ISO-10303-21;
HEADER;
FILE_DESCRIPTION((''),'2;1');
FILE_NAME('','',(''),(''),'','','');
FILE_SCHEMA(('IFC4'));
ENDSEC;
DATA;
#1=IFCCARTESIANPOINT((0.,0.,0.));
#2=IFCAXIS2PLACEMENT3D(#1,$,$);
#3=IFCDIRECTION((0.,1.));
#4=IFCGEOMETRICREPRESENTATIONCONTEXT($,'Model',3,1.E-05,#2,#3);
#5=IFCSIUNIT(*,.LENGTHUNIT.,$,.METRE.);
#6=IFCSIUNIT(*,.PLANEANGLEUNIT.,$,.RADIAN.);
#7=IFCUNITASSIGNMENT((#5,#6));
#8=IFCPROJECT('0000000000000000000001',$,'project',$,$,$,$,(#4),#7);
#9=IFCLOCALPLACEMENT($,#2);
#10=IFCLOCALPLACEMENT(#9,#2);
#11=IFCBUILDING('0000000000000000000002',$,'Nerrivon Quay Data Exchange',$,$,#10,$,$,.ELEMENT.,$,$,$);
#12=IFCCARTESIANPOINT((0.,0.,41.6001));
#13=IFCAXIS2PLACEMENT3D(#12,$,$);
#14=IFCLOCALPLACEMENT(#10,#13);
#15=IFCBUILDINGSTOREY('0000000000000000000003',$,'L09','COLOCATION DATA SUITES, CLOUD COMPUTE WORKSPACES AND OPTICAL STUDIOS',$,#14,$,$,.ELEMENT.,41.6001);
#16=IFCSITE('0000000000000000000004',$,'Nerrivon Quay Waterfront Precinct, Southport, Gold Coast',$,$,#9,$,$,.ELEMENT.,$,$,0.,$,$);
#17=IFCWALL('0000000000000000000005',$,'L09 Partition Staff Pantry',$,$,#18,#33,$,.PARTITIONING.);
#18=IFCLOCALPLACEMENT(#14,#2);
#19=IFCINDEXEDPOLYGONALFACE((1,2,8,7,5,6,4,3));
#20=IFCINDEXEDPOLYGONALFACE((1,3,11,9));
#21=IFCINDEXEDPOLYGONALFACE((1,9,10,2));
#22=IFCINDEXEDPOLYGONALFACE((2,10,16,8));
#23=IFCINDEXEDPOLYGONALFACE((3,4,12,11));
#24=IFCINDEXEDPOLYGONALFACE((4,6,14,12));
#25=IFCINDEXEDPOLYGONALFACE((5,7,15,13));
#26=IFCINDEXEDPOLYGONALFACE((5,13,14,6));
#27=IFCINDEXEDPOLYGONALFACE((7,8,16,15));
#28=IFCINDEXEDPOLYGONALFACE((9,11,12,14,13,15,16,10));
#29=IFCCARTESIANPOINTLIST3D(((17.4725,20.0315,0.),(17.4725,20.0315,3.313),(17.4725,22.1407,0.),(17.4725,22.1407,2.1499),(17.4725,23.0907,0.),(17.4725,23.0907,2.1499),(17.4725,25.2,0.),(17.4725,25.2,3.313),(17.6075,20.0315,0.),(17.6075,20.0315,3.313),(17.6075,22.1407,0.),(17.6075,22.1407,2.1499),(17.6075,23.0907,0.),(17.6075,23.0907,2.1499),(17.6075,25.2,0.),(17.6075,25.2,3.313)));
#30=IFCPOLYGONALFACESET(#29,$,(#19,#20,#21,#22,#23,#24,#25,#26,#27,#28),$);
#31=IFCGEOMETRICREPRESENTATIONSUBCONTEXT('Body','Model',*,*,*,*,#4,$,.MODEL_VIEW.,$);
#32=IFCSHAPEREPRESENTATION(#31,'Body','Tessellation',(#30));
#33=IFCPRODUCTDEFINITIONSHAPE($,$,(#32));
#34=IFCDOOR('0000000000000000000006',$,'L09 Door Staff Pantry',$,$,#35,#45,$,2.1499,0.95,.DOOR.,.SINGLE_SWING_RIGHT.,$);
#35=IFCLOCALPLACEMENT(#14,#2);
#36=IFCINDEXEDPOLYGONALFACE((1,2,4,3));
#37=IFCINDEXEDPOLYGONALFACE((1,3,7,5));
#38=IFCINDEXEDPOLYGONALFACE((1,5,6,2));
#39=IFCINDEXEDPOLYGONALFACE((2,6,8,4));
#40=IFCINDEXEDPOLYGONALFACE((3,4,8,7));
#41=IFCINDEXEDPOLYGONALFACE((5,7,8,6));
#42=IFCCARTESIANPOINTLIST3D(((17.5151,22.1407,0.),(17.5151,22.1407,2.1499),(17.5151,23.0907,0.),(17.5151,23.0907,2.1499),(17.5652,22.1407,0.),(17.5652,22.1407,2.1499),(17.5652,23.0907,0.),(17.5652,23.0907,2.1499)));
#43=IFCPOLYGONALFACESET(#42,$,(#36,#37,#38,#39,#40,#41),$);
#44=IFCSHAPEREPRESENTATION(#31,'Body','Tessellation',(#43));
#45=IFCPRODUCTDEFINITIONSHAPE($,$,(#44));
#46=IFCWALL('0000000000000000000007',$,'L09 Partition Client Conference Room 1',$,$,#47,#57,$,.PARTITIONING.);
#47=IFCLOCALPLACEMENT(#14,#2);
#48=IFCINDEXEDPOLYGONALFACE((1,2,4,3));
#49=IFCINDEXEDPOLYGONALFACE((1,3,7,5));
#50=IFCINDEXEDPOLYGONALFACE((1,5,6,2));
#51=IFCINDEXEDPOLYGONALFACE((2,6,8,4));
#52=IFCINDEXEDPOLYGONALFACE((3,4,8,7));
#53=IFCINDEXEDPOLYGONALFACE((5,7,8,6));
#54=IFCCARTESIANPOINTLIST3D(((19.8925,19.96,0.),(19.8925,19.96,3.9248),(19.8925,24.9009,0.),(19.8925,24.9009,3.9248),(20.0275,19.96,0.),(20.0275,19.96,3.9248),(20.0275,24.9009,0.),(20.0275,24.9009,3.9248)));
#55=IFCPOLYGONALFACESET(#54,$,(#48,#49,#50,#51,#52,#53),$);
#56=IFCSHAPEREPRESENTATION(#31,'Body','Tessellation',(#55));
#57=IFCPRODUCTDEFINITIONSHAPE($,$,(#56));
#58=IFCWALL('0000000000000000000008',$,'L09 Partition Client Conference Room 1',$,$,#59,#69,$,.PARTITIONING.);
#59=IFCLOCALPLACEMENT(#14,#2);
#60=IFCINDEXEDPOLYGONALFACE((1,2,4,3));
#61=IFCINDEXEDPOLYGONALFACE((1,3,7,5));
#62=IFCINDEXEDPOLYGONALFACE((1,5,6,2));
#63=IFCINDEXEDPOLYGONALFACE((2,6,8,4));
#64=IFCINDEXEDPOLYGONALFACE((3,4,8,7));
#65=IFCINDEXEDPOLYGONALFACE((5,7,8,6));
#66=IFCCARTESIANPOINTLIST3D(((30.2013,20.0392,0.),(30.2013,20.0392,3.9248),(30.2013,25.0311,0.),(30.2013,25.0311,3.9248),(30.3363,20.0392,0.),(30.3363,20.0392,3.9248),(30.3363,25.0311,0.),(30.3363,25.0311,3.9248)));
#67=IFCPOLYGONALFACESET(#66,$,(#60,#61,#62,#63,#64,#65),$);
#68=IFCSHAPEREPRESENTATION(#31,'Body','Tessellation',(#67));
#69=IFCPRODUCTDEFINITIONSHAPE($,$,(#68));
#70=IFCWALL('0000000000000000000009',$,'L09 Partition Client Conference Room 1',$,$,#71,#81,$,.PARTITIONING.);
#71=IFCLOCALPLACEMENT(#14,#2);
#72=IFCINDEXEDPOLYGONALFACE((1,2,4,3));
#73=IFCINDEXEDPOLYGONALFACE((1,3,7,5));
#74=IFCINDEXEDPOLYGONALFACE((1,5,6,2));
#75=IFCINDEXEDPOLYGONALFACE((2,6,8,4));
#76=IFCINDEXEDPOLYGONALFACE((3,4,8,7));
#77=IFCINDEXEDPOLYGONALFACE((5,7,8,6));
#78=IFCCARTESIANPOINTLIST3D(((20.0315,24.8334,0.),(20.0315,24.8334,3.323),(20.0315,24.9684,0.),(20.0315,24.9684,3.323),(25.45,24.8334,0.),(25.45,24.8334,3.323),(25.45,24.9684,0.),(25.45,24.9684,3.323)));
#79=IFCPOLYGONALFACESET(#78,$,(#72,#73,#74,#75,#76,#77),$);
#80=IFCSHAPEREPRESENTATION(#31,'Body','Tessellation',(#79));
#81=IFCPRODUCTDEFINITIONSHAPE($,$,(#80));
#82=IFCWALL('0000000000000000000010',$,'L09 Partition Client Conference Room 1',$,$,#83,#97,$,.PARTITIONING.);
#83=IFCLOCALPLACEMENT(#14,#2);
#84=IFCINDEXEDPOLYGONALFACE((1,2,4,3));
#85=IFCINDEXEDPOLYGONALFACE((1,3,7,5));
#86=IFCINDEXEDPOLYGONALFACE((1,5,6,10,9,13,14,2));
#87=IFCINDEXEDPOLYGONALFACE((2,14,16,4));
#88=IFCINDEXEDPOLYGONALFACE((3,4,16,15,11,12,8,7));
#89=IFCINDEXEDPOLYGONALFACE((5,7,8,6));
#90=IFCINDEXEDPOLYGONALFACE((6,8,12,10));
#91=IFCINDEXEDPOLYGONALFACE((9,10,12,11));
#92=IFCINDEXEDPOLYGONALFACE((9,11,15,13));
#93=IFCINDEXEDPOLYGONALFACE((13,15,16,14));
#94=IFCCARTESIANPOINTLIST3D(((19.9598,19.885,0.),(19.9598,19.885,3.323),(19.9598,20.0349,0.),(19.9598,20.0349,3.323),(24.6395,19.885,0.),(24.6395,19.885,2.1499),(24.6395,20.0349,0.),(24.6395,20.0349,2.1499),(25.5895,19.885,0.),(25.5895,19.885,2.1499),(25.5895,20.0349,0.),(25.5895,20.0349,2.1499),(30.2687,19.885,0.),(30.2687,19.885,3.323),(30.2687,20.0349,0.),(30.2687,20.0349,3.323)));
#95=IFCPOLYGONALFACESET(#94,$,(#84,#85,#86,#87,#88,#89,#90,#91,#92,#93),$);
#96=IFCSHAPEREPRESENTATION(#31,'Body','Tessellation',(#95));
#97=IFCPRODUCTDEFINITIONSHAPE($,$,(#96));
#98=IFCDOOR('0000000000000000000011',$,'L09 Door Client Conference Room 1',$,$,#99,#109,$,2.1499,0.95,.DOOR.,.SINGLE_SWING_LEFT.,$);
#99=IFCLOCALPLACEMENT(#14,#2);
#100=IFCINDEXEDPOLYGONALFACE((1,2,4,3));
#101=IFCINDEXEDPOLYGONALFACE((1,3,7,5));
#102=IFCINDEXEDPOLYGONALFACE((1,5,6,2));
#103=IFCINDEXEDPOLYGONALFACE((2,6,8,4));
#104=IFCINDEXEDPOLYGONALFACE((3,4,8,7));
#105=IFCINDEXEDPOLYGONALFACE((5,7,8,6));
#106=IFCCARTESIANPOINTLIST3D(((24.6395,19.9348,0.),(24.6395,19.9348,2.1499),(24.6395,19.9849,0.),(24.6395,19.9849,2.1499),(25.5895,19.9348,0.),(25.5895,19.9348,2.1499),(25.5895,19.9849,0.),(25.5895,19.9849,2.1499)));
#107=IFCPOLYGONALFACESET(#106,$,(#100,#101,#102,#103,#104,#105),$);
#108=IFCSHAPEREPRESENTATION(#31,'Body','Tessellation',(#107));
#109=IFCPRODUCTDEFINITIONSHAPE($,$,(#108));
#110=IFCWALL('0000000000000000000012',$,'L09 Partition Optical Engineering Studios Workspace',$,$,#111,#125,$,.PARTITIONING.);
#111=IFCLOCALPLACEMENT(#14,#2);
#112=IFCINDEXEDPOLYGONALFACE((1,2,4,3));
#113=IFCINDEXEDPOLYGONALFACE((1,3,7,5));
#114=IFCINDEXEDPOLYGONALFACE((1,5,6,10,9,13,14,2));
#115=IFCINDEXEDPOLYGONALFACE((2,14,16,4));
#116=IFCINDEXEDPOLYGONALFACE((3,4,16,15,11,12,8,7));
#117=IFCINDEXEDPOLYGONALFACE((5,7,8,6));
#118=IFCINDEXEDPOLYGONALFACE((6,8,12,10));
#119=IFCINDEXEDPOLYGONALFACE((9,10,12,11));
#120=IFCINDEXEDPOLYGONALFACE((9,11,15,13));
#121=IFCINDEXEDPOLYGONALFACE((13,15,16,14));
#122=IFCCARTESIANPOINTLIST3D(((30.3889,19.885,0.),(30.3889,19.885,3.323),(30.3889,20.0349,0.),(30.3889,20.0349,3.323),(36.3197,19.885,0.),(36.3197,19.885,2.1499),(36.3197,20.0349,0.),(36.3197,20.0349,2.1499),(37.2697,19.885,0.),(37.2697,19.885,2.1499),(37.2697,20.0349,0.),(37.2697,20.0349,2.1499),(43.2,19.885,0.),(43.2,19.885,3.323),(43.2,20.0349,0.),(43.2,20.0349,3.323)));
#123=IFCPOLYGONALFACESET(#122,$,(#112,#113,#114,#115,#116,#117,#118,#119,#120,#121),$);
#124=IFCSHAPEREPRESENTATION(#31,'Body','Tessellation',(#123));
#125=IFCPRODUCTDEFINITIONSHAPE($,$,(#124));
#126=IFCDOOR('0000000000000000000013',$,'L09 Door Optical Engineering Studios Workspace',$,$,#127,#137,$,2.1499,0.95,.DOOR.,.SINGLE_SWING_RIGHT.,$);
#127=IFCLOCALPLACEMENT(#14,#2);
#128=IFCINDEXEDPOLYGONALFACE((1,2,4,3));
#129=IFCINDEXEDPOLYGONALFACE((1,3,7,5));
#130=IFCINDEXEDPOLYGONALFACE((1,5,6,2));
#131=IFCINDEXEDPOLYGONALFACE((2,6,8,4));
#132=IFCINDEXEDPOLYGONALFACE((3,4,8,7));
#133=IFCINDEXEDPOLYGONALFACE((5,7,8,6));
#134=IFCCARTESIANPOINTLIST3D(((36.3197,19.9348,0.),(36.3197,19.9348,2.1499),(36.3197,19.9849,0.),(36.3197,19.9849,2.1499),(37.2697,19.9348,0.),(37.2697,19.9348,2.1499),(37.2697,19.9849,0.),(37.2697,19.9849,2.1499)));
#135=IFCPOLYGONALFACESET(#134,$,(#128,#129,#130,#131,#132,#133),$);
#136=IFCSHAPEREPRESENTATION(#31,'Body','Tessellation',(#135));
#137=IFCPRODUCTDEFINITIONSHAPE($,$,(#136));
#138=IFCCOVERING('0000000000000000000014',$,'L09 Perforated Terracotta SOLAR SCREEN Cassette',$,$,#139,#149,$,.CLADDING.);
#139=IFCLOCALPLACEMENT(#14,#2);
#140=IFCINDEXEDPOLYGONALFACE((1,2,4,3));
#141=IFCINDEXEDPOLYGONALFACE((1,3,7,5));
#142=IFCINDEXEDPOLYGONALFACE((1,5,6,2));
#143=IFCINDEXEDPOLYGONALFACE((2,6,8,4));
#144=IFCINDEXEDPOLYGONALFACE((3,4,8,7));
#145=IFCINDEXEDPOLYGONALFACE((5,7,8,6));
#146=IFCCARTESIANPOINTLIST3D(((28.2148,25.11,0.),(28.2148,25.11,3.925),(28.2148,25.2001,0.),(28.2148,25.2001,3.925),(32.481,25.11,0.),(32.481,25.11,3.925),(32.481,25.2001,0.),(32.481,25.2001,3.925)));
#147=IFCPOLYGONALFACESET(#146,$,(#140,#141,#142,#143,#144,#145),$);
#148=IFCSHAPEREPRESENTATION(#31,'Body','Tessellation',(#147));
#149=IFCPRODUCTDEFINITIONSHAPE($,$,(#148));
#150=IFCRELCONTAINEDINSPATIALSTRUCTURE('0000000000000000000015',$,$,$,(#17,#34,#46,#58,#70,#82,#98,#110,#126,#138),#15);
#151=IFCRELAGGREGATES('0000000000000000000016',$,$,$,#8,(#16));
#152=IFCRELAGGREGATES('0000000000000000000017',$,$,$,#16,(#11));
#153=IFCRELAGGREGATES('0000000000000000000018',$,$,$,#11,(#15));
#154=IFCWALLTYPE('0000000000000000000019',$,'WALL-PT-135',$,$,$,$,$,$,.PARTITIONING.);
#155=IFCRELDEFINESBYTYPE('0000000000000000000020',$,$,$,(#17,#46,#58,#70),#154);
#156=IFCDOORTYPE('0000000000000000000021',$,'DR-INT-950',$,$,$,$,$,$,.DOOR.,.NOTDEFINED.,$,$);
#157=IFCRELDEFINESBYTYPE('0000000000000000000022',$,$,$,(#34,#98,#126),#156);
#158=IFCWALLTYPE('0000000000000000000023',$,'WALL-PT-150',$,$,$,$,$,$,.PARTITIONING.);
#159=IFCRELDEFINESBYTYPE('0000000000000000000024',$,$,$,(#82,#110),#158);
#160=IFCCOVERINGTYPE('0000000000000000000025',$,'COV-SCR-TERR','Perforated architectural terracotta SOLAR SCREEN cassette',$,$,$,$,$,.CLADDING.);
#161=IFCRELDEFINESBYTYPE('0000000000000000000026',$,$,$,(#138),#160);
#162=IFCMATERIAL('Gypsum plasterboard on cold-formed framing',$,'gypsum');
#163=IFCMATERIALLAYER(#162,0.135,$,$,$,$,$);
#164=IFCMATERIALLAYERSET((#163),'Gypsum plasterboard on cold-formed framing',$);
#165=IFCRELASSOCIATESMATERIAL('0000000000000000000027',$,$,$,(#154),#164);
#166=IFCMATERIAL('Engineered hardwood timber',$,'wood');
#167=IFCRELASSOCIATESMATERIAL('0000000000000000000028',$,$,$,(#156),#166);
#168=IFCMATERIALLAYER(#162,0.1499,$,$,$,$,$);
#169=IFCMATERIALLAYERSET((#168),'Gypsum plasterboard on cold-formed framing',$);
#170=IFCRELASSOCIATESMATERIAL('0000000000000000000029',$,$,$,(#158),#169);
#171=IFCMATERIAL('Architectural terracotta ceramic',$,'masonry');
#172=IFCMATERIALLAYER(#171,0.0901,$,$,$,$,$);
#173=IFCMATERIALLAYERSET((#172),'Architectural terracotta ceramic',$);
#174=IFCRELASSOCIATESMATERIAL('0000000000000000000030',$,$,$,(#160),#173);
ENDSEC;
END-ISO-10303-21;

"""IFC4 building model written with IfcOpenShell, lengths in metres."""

from ifc_helpers import new_model, si_unit, direction, frame, frame_2d, origin, origin_2d, place, context, subcontext, project, spatial, rectangle, extrude, material, layer, layer_set, type_object, element, fill, save


model = new_model("IFC4")

# Units and contexts
model_context = context("Model", 3, precision=1e-05, world=origin(), true_north=direction((0.0, 1.0)))
body_context = subcontext(model_context, "Body", "Model", "MODEL_VIEW")
ifc_project = project(units=[si_unit("LENGTHUNIT", "METRE"), si_unit("PLANEANGLEUNIT", "RADIAN")], contexts=[model_context])

# Site, building, storey
site_placement = place(None, origin())
site = spatial("IfcSite", under=ifc_project, at=site_placement, Name="Nerrivon Quay Waterfront Precinct, Southport, Gold Coast", CompositionType="ELEMENT", RefElevation=0.0)
building_placement = place(site_placement, origin())
building = spatial("IfcBuilding", under=site, at=building_placement, Name="Nerrivon Quay Data Exchange", CompositionType="ELEMENT")
storey_placement = place(building_placement, frame((0.0, 0.0, 41.6001)))
storey = spatial("IfcBuildingStorey", under=building, at=storey_placement, Name="L09", Description="COLOCATION DATA SUITES, CLOUD COMPUTE WORKSPACES AND OPTICAL STUDIOS", CompositionType="ELEMENT", Elevation=41.6001)

# Shared definitions
ifc_material_1 = material(Name="Gypsum plasterboard on cold-formed framing", Category="gypsum")

# Wall, opening, door
ifc_layer_1 = layer(ifc_material_1, 0.135)
ifc_layer_set_1 = layer_set([ifc_layer_1], Name="Gypsum plasterboard on cold-formed framing")
wall_type_1 = type_object("IfcWallType", Name="WALL-PT-135", PredefinedType="PARTITIONING", material=ifc_layer_set_1)
wall_1_placement = place(storey_placement, frame((17.54, 20.0315, 0.0), z_axis=(0.0, 0.0, 1.0), x_axis=(0.0, 1.0, 0.0)))
wall_1 = element("IfcWall", 1, at=wall_1_placement, inside=storey, type_object=wall_type_1, Name="L09 Partition Staff Pantry", PredefinedType="PARTITIONING", context=body_context, shape_type="SweptSolid", body=[
    extrude(rectangle(XDim=5.1685, YDim=0.135, at=frame_2d((2.5842, 0.0))), origin(), (0.0, 0.0, 1.0), 3.313),
])
opening_1_placement = place(wall_1_placement, frame((2.1091, 0.0, 0.0)))
opening_1 = element("IfcOpeningElement", 2, at=opening_1_placement, cuts=wall_1, PredefinedType="OPENING", context=body_context, shape_type="SweptSolid", body=[
    extrude(rectangle(XDim=0.95, YDim=2.1499, at=frame_2d((0.4751, 1.075))), frame((0.0, 0.0774, 0.0), z_axis=(0.0, -1.0, 0.0), x_axis=(1.0, 0.0, 0.0)), (0.0, 0.0, 1.0), 0.155),
])
ifc_material_2 = material(Name="Engineered hardwood timber", Category="wood")
door_type = type_object("IfcDoorType", Name="DR-INT-950", OperationType="NOTDEFINED", PredefinedType="DOOR", material=ifc_material_2)
door_1_placement = place(opening_1_placement, origin())
door_1 = element("IfcDoor", 3, at=door_1_placement, inside=storey, type_object=door_type, Name="L09 Door Staff Pantry", OperationType="SINGLE_SWING_RIGHT", OverallHeight=2.1499, OverallWidth=0.95, PredefinedType="DOOR", context=body_context, shape_type="SweptSolid", body=[
    extrude(rectangle(XDim=0.95, YDim=2.1499, at=frame_2d((0.4751, 1.075))), frame((0.0, 0.0249, 0.0), z_axis=(0.0, -1.0, 0.0), x_axis=(1.0, 0.0, 0.0)), (0.0, 0.0, 1.0), 0.05),
])
fill(opening_1, door_1)

# Walls
wall_2_placement = place(storey_placement, frame((19.96, 24.9009, 0.0), z_axis=(0.0, 0.0, 1.0), x_axis=(0.0, -1.0, 0.0)))
element("IfcWall", 4, at=wall_2_placement, inside=storey, type_object=wall_type_1, Name="L09 Partition Client Conference Room 1", PredefinedType="PARTITIONING", context=body_context, shape_type="SweptSolid", body=[
    extrude(rectangle(XDim=4.9409, YDim=0.135, at=frame_2d((2.4705, 0.0))), origin(), (0.0, 0.0, 1.0), 3.9248),
])
wall_3_placement = place(storey_placement, frame((30.2688, 20.0391, 0.0), z_axis=(0.0, 0.0, 1.0), x_axis=(0.0, 1.0, 0.0)))
element("IfcWall", 5, at=wall_3_placement, inside=storey, type_object=wall_type_1, Name="L09 Partition Client Conference Room 1", PredefinedType="PARTITIONING", context=body_context, shape_type="SweptSolid", body=[
    extrude(rectangle(XDim=4.9919, YDim=0.135, at=frame_2d((2.4961, 0.0))), origin(), (0.0, 0.0, 1.0), 3.9248),
])
wall_4_placement = place(storey_placement, frame((25.45, 24.9009, 0.0), z_axis=(0.0, 0.0, 1.0), x_axis=(-1.0, 0.0, 0.0)))
element("IfcWall", 6, at=wall_4_placement, inside=storey, type_object=wall_type_1, Name="L09 Partition Client Conference Room 1", PredefinedType="PARTITIONING", context=body_context, shape_type="SweptSolid", body=[
    extrude(rectangle(XDim=5.4185, YDim=0.135, at=frame_2d((2.7092, 0.0))), origin(), (0.0, 0.0, 1.0), 3.323),
])

# Walls, openings, doors
ifc_layer_2 = layer(ifc_material_1, 0.1499)
ifc_layer_set_2 = layer_set([ifc_layer_2], Name="Gypsum plasterboard on cold-formed framing")
wall_type_2 = type_object("IfcWallType", Name="WALL-PT-150", PredefinedType="PARTITIONING", material=ifc_layer_set_2)
wall_5_placement = place(storey_placement, frame((19.96, 19.96, 0.0), z_axis=(0.0, 0.0, 1.0), x_axis=(1.0, 0.0, 0.0)))
wall_5 = element("IfcWall", 7, at=wall_5_placement, inside=storey, type_object=wall_type_2, Name="L09 Partition Client Conference Room 1", PredefinedType="PARTITIONING", context=body_context, shape_type="SweptSolid", body=[
    extrude(rectangle(XDim=10.3088, YDim=0.1499, at=frame_2d((5.1543, 0.0))), origin(), (0.0, 0.0, 1.0), 3.323),
])
opening_2_placement = place(wall_5_placement, frame((4.6794, 0.0, 0.0)))
opening_2 = element("IfcOpeningElement", 8, at=opening_2_placement, cuts=wall_5, PredefinedType="OPENING", context=body_context, shape_type="SweptSolid", body=[
    extrude(rectangle(XDim=0.95, YDim=2.1499, at=frame_2d((0.4751, 1.075))), frame((0.0, 0.085, 0.0), z_axis=(0.0, -1.0, 0.0), x_axis=(1.0, 0.0, 0.0)), (0.0, 0.0, 1.0), 0.1699),
])
door_2_placement = place(opening_2_placement, origin())
door_2 = element("IfcDoor", 9, at=door_2_placement, inside=storey, type_object=door_type, Name="L09 Door Client Conference Room 1", OperationType="SINGLE_SWING_LEFT", OverallHeight=2.1499, OverallWidth=0.95, PredefinedType="DOOR", context=body_context, shape_type="SweptSolid", body=[
    extrude(rectangle(XDim=0.95, YDim=2.1499, at=frame_2d((0.4751, 1.075))), frame((0.0, 0.0249, 0.0), z_axis=(0.0, -1.0, 0.0), x_axis=(1.0, 0.0, 0.0)), (0.0, 0.0, 1.0), 0.05),
])
fill(opening_2, door_2)
wall_6_placement = place(storey_placement, frame((30.3889, 19.96, 0.0), z_axis=(0.0, 0.0, 1.0), x_axis=(1.0, 0.0, 0.0)))
wall_6 = element("IfcWall", 10, at=wall_6_placement, inside=storey, type_object=wall_type_2, Name="L09 Partition Optical Engineering Studios Workspace", PredefinedType="PARTITIONING", context=body_context, shape_type="SweptSolid", body=[
    extrude(rectangle(XDim=12.811, YDim=0.1499, at=frame_2d((6.4055, 0.0))), origin(), (0.0, 0.0, 1.0), 3.323),
])
opening_3_placement = place(wall_6_placement, frame((5.9307, 0.0, 0.0)))
opening_3 = element("IfcOpeningElement", 11, at=opening_3_placement, cuts=wall_6, PredefinedType="OPENING", context=body_context, shape_type="SweptSolid", body=[
    extrude(rectangle(XDim=0.95, YDim=2.1499, at=frame_2d((0.4751, 1.075))), frame((0.0, 0.085, 0.0), z_axis=(0.0, -1.0, 0.0), x_axis=(1.0, 0.0, 0.0)), (0.0, 0.0, 1.0), 0.1699),
])
door_3_placement = place(opening_3_placement, origin())
door_3 = element("IfcDoor", 12, at=door_3_placement, inside=storey, type_object=door_type, Name="L09 Door Optical Engineering Studios Workspace", OperationType="SINGLE_SWING_RIGHT", OverallHeight=2.1499, OverallWidth=0.95, PredefinedType="DOOR", context=body_context, shape_type="SweptSolid", body=[
    extrude(rectangle(XDim=0.95, YDim=2.1499, at=frame_2d((0.4751, 1.075))), frame((0.0, 0.0249, 0.0), z_axis=(0.0, -1.0, 0.0), x_axis=(1.0, 0.0, 0.0)), (0.0, 0.0, 1.0), 0.05),
])
fill(opening_3, door_3)

# Covering
ifc_material_3 = material(Name="Architectural terracotta ceramic", Category="masonry")
ifc_layer_3 = layer(ifc_material_3, 0.0901)
ifc_layer_set_3 = layer_set([ifc_layer_3], Name="Architectural terracotta ceramic")
covering_type = type_object("IfcCoveringType", Name="COV-SCR-TERR", Description="Perforated architectural terracotta SOLAR SCREEN cassette", PredefinedType="CLADDING", material=ifc_layer_set_3)
covering_placement = place(storey_placement, frame((30.3479, 25.155, 0.0), z_axis=(0.0, 0.0, 1.0), x_axis=(1.0, 0.0, 0.0)))
element("IfcCovering", 13, at=covering_placement, inside=storey, type_object=covering_type, Name="L09 Perforated Terracotta SOLAR SCREEN Cassette", PredefinedType="CLADDING", context=body_context, shape_type="SweptSolid", body=[
    extrude(rectangle(XDim=4.2661, YDim=0.0901, at=origin_2d()), origin(), (0.0, 0.0, 1.0), 3.925),
])

save(model, "model.ifc")
